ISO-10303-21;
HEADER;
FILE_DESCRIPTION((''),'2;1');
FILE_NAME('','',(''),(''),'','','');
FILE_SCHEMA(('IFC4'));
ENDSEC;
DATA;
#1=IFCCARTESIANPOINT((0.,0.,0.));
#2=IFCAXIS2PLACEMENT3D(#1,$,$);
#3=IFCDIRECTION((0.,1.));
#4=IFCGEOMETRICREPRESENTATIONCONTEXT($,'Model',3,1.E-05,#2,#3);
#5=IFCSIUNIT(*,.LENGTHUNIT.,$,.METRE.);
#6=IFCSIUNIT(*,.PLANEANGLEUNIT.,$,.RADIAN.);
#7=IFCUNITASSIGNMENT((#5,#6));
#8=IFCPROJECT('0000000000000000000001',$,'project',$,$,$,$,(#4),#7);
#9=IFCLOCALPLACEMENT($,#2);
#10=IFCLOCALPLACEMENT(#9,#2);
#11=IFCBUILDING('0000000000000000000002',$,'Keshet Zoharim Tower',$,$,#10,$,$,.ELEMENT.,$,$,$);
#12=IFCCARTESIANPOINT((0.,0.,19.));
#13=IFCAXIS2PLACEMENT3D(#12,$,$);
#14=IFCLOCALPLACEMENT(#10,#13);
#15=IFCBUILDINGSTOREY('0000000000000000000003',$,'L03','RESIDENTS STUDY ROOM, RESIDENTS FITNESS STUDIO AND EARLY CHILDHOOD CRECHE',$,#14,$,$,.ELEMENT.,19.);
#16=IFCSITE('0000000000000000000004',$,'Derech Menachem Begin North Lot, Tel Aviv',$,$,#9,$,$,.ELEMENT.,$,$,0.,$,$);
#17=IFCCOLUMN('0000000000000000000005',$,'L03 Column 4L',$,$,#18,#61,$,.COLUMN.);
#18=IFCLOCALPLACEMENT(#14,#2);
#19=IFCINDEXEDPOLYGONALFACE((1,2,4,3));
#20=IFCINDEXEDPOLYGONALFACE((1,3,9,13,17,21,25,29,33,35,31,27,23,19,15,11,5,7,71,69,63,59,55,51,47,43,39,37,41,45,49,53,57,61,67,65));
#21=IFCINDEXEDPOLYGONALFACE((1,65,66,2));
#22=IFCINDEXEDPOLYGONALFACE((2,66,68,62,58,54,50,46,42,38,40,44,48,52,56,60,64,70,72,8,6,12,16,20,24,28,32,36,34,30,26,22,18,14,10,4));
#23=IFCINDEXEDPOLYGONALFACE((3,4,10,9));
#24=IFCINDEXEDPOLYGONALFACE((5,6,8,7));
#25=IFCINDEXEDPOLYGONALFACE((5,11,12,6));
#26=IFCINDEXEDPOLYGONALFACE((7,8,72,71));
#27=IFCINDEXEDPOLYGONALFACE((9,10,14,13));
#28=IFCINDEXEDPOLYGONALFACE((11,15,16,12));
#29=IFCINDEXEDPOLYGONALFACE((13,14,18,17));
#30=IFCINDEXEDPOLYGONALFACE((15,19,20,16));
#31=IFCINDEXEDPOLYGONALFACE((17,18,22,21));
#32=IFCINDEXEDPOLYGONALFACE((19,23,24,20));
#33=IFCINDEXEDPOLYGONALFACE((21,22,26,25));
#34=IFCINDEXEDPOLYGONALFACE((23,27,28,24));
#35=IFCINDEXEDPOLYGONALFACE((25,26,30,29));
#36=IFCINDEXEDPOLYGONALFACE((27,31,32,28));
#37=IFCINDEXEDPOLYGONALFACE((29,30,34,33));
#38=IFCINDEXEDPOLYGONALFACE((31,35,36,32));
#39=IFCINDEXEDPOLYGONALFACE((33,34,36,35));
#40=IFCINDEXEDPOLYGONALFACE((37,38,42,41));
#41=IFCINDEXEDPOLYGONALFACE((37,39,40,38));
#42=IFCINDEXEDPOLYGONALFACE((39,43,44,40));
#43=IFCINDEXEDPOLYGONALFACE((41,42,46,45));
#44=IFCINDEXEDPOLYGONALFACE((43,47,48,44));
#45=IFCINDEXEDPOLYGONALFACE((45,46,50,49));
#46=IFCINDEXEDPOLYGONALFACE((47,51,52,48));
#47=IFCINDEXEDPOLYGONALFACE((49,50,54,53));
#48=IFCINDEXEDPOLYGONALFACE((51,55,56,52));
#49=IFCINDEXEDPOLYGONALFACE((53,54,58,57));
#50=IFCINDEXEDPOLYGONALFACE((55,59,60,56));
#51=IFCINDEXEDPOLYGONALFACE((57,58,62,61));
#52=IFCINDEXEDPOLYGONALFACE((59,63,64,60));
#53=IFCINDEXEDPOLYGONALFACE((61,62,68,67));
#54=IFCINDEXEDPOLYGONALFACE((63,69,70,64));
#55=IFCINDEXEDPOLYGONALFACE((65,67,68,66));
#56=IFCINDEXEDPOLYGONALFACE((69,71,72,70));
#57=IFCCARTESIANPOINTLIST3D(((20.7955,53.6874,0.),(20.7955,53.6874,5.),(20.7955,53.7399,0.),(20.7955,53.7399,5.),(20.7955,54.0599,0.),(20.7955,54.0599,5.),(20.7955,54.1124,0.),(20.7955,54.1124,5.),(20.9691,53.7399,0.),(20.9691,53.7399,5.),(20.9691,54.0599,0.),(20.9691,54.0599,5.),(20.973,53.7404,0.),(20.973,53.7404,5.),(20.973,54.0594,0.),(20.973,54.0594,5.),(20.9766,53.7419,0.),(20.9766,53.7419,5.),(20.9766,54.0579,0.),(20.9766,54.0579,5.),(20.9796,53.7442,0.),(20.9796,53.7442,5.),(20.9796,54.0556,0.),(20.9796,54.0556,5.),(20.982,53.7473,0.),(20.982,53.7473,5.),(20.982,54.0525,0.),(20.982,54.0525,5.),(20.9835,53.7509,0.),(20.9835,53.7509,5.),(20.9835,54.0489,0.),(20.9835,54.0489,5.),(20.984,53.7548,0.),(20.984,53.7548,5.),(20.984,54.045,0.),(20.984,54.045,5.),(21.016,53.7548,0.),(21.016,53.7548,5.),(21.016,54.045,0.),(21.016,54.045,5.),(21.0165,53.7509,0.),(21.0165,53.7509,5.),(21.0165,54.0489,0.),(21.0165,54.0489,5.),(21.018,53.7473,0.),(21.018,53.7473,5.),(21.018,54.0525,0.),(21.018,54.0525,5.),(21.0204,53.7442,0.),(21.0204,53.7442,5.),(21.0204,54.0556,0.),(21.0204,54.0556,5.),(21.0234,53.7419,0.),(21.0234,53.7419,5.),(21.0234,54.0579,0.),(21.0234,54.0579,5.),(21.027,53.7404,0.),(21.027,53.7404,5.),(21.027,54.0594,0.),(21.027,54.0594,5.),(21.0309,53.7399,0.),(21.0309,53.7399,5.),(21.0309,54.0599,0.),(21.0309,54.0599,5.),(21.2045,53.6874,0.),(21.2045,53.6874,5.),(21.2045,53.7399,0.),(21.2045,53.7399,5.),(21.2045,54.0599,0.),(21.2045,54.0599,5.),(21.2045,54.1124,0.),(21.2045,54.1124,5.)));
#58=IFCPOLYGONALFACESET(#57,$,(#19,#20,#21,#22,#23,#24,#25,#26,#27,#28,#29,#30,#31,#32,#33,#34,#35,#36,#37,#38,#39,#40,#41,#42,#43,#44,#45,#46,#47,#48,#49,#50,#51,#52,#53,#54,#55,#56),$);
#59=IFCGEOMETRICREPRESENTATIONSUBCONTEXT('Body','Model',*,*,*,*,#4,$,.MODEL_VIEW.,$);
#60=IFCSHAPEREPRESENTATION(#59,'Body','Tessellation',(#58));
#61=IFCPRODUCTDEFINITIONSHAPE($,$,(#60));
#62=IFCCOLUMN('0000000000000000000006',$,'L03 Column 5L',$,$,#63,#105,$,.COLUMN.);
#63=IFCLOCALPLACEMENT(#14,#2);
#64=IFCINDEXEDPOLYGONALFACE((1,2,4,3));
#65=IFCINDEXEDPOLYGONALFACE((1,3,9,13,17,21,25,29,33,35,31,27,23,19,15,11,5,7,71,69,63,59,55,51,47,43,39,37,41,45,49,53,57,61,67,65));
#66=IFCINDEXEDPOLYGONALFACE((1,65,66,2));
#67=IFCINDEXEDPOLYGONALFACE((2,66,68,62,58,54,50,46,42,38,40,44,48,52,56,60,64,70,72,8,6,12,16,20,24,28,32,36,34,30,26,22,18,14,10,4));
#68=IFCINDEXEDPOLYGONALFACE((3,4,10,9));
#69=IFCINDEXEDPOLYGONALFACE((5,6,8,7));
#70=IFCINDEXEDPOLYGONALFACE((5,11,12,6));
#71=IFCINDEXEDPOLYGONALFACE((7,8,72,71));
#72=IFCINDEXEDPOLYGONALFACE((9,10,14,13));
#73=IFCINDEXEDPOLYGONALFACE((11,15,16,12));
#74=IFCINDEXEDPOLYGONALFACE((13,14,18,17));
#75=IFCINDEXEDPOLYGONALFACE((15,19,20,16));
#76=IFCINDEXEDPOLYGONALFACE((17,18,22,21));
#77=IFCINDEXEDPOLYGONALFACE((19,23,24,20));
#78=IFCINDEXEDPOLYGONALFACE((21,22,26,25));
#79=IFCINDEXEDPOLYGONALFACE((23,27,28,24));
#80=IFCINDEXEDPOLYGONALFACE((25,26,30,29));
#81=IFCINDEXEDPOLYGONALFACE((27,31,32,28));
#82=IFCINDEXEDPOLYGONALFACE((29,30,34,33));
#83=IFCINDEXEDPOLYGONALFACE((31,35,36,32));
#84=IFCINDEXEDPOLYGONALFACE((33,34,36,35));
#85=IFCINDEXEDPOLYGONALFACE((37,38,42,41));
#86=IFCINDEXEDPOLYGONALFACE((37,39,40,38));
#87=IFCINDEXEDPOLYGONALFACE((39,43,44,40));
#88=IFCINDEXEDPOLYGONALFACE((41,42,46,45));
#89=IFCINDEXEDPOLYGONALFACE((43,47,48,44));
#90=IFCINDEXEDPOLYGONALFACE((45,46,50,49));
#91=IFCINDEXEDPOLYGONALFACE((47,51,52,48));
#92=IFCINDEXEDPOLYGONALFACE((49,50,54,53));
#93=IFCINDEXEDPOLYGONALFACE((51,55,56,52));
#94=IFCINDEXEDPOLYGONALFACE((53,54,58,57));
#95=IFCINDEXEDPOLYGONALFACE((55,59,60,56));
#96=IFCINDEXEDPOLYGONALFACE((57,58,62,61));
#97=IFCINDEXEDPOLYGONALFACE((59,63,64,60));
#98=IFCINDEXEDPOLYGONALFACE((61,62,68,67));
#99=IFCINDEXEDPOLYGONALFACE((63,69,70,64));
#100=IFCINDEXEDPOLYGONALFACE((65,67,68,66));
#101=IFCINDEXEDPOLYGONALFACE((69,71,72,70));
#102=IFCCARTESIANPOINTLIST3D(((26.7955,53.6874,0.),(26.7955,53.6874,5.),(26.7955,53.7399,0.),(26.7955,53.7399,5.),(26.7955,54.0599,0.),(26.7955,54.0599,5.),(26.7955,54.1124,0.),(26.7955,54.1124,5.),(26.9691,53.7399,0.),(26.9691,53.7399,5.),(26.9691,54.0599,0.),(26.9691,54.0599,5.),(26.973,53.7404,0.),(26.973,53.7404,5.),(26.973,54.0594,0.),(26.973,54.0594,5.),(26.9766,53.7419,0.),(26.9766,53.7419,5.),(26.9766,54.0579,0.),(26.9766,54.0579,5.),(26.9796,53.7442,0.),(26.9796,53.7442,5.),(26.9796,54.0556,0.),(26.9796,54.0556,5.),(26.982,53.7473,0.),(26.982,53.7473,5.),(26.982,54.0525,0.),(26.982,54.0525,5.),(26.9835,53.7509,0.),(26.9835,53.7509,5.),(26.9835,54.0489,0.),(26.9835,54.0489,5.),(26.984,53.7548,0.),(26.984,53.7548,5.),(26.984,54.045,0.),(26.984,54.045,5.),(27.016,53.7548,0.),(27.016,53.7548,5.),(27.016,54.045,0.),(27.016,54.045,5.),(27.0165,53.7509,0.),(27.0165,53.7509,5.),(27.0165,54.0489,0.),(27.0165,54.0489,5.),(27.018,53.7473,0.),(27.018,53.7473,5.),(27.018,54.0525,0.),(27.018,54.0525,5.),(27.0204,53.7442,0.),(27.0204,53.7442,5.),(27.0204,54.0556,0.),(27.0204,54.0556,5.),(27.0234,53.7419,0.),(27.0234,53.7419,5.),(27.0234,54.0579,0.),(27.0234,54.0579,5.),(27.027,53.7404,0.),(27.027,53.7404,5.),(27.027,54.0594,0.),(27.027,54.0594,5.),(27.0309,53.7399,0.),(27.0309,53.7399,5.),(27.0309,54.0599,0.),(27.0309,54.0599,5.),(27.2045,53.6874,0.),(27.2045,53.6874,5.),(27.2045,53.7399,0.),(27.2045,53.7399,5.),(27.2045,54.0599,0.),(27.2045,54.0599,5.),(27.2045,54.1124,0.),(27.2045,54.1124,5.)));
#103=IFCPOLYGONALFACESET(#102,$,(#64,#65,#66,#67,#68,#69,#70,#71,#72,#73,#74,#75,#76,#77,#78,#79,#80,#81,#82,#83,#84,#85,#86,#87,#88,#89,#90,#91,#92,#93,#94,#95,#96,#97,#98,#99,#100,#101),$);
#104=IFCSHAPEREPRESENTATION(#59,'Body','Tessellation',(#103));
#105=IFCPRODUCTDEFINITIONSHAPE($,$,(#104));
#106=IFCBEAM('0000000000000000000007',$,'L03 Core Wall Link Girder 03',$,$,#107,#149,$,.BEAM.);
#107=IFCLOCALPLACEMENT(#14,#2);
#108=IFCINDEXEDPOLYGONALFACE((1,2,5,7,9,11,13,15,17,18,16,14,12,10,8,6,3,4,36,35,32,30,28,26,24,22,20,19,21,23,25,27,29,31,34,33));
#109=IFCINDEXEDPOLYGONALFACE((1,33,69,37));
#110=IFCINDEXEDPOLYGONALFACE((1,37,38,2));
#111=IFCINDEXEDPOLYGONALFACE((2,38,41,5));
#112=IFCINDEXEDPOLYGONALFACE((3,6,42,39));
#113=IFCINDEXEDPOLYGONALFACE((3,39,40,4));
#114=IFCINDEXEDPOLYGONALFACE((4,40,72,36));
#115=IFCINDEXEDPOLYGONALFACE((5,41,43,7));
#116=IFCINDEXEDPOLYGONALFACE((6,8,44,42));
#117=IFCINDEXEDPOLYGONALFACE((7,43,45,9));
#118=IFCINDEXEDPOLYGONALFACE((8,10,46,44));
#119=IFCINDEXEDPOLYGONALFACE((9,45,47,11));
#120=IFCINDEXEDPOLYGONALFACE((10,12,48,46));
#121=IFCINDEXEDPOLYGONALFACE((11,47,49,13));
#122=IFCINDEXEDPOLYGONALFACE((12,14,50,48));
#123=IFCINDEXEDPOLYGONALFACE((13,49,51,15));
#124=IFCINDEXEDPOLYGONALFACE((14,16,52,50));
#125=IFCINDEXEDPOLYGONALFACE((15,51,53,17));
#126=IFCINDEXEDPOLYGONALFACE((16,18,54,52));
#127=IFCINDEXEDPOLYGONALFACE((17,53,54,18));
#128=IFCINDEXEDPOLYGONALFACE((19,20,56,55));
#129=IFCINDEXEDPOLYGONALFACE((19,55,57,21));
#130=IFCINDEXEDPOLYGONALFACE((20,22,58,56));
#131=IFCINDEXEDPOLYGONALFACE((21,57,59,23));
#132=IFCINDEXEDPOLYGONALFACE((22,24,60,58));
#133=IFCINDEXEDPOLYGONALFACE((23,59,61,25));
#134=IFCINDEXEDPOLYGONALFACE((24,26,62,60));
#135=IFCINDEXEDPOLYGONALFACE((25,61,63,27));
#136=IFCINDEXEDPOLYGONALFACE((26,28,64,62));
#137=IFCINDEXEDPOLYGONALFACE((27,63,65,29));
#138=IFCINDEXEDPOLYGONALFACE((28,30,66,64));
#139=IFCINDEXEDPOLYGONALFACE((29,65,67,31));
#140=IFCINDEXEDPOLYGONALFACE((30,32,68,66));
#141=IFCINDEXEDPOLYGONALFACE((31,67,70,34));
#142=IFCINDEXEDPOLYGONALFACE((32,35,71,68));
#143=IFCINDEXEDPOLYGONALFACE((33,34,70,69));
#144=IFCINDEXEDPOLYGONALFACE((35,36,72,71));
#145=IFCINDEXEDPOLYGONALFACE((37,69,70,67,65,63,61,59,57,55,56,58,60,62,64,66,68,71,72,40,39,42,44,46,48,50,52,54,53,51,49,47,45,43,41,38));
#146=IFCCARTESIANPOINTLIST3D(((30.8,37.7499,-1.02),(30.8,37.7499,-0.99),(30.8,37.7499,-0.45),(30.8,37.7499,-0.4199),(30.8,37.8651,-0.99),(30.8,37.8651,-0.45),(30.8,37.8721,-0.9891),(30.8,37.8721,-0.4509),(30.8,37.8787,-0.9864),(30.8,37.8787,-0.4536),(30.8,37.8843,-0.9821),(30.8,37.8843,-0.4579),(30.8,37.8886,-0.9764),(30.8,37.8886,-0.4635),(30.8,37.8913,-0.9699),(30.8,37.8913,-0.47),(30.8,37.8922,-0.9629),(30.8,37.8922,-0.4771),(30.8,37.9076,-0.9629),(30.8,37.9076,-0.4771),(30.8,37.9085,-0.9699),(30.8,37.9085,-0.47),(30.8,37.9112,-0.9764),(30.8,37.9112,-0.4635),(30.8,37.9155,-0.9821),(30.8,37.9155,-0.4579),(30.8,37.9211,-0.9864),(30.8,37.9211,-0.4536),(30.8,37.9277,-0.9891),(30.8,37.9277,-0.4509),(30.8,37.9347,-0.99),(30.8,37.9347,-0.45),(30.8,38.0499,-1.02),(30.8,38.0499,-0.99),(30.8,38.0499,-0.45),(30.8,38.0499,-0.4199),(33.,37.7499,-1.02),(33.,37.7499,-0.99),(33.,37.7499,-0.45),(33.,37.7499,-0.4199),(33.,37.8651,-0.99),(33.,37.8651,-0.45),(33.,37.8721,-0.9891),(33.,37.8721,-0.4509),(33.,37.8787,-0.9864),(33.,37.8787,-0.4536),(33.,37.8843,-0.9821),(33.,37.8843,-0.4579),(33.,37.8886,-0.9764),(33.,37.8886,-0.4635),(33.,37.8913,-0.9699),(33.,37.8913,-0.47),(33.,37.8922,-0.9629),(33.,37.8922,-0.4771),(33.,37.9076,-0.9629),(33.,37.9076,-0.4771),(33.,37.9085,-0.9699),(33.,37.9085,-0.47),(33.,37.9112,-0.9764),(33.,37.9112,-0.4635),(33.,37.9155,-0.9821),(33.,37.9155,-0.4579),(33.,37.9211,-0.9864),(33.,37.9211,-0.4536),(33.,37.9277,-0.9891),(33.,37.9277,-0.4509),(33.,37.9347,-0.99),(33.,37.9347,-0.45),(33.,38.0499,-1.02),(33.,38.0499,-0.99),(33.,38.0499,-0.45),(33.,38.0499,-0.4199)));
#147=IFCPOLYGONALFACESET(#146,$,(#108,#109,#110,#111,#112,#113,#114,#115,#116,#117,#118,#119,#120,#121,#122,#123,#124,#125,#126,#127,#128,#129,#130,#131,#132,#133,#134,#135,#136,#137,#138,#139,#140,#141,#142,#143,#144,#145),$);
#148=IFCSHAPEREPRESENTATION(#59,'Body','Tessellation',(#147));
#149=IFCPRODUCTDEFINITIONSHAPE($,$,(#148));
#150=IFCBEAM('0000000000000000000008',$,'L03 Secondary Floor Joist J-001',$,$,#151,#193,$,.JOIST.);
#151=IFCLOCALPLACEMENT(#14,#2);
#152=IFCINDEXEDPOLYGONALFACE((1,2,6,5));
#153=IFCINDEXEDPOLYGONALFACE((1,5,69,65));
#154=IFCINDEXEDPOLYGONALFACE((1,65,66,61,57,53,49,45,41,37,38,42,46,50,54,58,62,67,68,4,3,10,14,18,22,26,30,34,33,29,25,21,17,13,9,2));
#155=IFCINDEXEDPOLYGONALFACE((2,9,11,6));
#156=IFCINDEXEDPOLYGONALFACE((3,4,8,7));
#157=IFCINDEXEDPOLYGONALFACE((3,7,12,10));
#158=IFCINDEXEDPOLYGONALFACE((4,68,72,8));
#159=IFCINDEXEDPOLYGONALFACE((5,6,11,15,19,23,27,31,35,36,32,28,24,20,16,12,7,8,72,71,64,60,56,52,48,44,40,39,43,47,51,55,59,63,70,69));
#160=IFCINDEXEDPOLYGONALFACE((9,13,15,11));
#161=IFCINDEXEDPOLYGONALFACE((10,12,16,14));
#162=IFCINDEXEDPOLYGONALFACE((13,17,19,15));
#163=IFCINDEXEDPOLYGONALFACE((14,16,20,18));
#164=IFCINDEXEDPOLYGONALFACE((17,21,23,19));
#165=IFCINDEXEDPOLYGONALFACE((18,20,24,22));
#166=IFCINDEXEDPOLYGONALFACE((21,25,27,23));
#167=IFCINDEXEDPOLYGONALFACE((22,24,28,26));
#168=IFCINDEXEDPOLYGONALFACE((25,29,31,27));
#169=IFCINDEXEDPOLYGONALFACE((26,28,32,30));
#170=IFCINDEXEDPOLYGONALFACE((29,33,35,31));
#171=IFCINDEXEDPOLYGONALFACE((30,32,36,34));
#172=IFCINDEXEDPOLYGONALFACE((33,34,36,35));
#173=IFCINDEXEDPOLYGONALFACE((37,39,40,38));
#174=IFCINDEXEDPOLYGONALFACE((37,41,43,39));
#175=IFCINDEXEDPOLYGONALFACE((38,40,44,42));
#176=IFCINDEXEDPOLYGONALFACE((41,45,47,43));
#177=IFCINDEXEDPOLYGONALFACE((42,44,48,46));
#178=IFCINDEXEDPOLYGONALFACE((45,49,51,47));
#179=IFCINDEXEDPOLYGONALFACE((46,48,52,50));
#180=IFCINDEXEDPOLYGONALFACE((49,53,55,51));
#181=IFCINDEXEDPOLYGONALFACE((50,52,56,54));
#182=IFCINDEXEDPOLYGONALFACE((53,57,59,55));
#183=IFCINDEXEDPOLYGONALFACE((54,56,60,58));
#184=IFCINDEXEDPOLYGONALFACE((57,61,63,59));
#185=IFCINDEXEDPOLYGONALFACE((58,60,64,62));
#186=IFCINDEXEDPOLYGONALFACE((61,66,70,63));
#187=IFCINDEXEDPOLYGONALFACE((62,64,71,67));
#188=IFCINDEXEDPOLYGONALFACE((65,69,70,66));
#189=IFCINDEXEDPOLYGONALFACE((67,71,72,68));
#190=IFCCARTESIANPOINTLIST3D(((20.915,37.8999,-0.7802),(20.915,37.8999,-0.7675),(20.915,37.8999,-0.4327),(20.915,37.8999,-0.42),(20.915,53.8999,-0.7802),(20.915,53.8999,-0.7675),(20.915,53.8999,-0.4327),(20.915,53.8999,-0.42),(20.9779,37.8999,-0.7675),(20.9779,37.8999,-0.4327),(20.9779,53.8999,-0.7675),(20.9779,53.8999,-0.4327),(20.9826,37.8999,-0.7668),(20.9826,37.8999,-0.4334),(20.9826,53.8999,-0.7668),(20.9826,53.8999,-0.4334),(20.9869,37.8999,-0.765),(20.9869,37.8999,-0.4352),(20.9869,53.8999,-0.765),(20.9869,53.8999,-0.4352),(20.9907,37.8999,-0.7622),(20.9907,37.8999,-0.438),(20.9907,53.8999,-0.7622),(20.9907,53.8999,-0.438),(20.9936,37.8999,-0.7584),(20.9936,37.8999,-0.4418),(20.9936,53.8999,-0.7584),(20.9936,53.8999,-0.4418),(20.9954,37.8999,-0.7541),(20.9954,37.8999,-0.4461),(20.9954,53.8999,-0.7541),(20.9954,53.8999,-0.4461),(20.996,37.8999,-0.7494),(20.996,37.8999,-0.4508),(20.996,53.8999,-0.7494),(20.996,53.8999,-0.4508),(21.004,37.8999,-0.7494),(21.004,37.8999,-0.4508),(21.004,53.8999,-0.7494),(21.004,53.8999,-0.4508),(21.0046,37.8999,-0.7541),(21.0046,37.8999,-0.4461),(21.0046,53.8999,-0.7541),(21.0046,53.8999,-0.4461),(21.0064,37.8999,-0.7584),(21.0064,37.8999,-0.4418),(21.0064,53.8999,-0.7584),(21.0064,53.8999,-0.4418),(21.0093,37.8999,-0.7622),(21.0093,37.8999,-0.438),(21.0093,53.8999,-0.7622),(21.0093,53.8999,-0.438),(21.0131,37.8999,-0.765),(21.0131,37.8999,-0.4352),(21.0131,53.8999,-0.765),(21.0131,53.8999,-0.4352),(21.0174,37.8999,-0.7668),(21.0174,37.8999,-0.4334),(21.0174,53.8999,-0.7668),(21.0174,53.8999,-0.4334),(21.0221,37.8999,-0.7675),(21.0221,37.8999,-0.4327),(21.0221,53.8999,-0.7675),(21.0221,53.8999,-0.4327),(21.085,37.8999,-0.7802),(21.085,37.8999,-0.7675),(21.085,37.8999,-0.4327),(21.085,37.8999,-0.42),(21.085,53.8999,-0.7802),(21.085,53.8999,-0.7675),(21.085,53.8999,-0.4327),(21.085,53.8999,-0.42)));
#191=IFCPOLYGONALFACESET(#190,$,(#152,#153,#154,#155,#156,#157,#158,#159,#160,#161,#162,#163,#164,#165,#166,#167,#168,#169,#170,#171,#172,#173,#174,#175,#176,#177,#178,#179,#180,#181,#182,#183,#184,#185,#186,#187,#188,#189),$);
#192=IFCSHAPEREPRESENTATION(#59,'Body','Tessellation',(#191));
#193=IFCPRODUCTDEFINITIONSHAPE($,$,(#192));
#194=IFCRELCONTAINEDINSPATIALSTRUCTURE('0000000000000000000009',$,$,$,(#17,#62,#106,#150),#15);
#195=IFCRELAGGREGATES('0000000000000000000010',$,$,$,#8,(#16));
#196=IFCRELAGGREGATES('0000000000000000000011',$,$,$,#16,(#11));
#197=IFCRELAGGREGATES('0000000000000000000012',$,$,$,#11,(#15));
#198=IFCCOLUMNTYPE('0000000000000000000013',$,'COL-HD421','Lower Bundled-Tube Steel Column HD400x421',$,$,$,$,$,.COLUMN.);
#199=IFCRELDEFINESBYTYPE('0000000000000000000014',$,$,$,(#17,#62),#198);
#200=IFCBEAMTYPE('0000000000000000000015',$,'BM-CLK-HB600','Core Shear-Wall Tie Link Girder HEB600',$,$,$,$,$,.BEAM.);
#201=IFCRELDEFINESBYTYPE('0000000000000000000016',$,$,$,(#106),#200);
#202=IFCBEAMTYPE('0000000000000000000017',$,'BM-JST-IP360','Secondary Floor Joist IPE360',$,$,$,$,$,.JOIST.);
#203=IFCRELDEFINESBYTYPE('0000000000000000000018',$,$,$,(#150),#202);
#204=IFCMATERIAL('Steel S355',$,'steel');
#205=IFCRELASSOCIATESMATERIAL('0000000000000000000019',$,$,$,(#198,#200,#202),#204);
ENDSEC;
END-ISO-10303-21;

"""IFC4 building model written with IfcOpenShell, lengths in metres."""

from ifc_helpers import new_model, si_unit, direction, frame, origin, origin_2d, place, context, subcontext, project, spatial, i_section, extrude, material, material_profile, profile_set, type_object, element, save


model = new_model("IFC4")

# Units and contexts
model_context = context("Model", 3, precision=1e-05, world=origin(), true_north=direction((0.0, 1.0)))
body_context = subcontext(model_context, "Body", "Model", "MODEL_VIEW")
ifc_project = project(units=[si_unit("LENGTHUNIT", "METRE"), si_unit("PLANEANGLEUNIT", "RADIAN")], contexts=[model_context])

# Site, building, storey
site_placement = place(None, origin())
site = spatial("IfcSite", under=ifc_project, at=site_placement, Name="Derech Menachem Begin North Lot, Tel Aviv", CompositionType="ELEMENT", RefElevation=0.0)
building_placement = place(site_placement, origin())
building = spatial("IfcBuilding", under=site, at=building_placement, Name="Keshet Zoharim Tower", CompositionType="ELEMENT")
storey_placement = place(building_placement, frame((0.0, 0.0, 19.0)))
storey = spatial("IfcBuildingStorey", under=building, at=storey_placement, Name="L03", Description="RESIDENTS STUDY ROOM, RESIDENTS FITNESS STUDIO AND EARLY CHILDHOOD CRECHE", CompositionType="ELEMENT", Elevation=19.0)

# Columns
ifc_material_1 = material(Name="Steel S355", Category="steel")
ifc_material_profile_1 = material_profile(ifc_material_1, i_section(OverallWidth=0.4089, OverallDepth=0.425, WebThickness=0.032, FlangeThickness=0.0525, FilletRadius=0.0149, at=origin_2d()), Name="HD400x421")
ifc_profile_set_1 = profile_set([ifc_material_profile_1], Name="Steel S355")
column_type = type_object("IfcColumnType", Name="COL-HD421", Description="Lower Bundled-Tube Steel Column HD400x421", PredefinedType="COLUMN", material=ifc_profile_set_1)
for number, where, z_axis, x_axis, name in (
    (1, (21.0, 53.8999, 0.0), (0.0, 0.0, 1.0), (1.0, 0.0, 0.0), "L03 Column 4L"),
    (2, (27.0, 53.8999, 0.0), (0.0, 0.0, 1.0), (1.0, 0.0, 0.0), "L03 Column 5L"),
):
    element("IfcColumn", number, at=place(storey_placement, frame(where, z_axis=z_axis, x_axis=x_axis)), inside=storey, type_object=column_type, Name=name, PredefinedType="COLUMN", context=body_context, shape_type="SweptSolid", body=[
        extrude(i_section(OverallWidth=0.4089, OverallDepth=0.425, WebThickness=0.032, FlangeThickness=0.0525, FilletRadius=0.0149, at=origin_2d()), origin(), (0.0, 0.0, 1.0), 5.0),
    ])

# Beams
ifc_material_profile_2 = material_profile(ifc_material_1, i_section(OverallWidth=0.3, OverallDepth=0.6001, WebThickness=0.0154, FlangeThickness=0.03, FilletRadius=0.0271, at=origin_2d()), Name="HEB600")
ifc_profile_set_2 = profile_set([ifc_material_profile_2], Name="Steel S355")
beam_type_1 = type_object("IfcBeamType", Name="BM-CLK-HB600", Description="Core Shear-Wall Tie Link Girder HEB600", PredefinedType="BEAM", material=ifc_profile_set_2)
beam_placement = place(storey_placement, frame((30.8, 37.8999, -0.72), z_axis=(1.0, 0.0, 0.0), x_axis=(0.0, 1.0, 0.0)))
element("IfcBeam", 3, at=beam_placement, inside=storey, type_object=beam_type_1, Name="L03 Core Wall Link Girder 03", PredefinedType="BEAM", context=body_context, shape_type="SweptSolid", body=[
    extrude(i_section(OverallWidth=0.3, OverallDepth=0.6001, WebThickness=0.0154, FlangeThickness=0.03, FilletRadius=0.0271, at=origin_2d()), origin(), (0.0, 0.0, 1.0), 2.2),
])
ifc_material_profile_3 = material_profile(ifc_material_1, i_section(OverallWidth=0.1699, OverallDepth=0.3601, WebThickness=0.0081, FlangeThickness=0.0127, FilletRadius=0.0181, at=origin_2d()), Name="IPE360")
ifc_profile_set_3 = profile_set([ifc_material_profile_3], Name="Steel S355")
beam_type_2 = type_object("IfcBeamType", Name="BM-JST-IP360", Description="Secondary Floor Joist IPE360", PredefinedType="JOIST", material=ifc_profile_set_3)
for number, where, z_axis, x_axis, name in (
    (4, (21.0, 37.8999, -0.6001), (0.0, 1.0, 0.0), (-1.0, 0.0, 0.0), "L03 Secondary Floor Joist J-001"),
):
    element("IfcBeam", number, at=place(storey_placement, frame(where, z_axis=z_axis, x_axis=x_axis)), inside=storey, type_object=beam_type_2, Name=name, PredefinedType="JOIST", context=body_context, shape_type="SweptSolid", body=[
        extrude(i_section(OverallWidth=0.1699, OverallDepth=0.3601, WebThickness=0.0081, FlangeThickness=0.0127, FilletRadius=0.0181, at=origin_2d()), origin(), (0.0, 0.0, 1.0), 16.0),
    ])

save(model, "model.ifc")
